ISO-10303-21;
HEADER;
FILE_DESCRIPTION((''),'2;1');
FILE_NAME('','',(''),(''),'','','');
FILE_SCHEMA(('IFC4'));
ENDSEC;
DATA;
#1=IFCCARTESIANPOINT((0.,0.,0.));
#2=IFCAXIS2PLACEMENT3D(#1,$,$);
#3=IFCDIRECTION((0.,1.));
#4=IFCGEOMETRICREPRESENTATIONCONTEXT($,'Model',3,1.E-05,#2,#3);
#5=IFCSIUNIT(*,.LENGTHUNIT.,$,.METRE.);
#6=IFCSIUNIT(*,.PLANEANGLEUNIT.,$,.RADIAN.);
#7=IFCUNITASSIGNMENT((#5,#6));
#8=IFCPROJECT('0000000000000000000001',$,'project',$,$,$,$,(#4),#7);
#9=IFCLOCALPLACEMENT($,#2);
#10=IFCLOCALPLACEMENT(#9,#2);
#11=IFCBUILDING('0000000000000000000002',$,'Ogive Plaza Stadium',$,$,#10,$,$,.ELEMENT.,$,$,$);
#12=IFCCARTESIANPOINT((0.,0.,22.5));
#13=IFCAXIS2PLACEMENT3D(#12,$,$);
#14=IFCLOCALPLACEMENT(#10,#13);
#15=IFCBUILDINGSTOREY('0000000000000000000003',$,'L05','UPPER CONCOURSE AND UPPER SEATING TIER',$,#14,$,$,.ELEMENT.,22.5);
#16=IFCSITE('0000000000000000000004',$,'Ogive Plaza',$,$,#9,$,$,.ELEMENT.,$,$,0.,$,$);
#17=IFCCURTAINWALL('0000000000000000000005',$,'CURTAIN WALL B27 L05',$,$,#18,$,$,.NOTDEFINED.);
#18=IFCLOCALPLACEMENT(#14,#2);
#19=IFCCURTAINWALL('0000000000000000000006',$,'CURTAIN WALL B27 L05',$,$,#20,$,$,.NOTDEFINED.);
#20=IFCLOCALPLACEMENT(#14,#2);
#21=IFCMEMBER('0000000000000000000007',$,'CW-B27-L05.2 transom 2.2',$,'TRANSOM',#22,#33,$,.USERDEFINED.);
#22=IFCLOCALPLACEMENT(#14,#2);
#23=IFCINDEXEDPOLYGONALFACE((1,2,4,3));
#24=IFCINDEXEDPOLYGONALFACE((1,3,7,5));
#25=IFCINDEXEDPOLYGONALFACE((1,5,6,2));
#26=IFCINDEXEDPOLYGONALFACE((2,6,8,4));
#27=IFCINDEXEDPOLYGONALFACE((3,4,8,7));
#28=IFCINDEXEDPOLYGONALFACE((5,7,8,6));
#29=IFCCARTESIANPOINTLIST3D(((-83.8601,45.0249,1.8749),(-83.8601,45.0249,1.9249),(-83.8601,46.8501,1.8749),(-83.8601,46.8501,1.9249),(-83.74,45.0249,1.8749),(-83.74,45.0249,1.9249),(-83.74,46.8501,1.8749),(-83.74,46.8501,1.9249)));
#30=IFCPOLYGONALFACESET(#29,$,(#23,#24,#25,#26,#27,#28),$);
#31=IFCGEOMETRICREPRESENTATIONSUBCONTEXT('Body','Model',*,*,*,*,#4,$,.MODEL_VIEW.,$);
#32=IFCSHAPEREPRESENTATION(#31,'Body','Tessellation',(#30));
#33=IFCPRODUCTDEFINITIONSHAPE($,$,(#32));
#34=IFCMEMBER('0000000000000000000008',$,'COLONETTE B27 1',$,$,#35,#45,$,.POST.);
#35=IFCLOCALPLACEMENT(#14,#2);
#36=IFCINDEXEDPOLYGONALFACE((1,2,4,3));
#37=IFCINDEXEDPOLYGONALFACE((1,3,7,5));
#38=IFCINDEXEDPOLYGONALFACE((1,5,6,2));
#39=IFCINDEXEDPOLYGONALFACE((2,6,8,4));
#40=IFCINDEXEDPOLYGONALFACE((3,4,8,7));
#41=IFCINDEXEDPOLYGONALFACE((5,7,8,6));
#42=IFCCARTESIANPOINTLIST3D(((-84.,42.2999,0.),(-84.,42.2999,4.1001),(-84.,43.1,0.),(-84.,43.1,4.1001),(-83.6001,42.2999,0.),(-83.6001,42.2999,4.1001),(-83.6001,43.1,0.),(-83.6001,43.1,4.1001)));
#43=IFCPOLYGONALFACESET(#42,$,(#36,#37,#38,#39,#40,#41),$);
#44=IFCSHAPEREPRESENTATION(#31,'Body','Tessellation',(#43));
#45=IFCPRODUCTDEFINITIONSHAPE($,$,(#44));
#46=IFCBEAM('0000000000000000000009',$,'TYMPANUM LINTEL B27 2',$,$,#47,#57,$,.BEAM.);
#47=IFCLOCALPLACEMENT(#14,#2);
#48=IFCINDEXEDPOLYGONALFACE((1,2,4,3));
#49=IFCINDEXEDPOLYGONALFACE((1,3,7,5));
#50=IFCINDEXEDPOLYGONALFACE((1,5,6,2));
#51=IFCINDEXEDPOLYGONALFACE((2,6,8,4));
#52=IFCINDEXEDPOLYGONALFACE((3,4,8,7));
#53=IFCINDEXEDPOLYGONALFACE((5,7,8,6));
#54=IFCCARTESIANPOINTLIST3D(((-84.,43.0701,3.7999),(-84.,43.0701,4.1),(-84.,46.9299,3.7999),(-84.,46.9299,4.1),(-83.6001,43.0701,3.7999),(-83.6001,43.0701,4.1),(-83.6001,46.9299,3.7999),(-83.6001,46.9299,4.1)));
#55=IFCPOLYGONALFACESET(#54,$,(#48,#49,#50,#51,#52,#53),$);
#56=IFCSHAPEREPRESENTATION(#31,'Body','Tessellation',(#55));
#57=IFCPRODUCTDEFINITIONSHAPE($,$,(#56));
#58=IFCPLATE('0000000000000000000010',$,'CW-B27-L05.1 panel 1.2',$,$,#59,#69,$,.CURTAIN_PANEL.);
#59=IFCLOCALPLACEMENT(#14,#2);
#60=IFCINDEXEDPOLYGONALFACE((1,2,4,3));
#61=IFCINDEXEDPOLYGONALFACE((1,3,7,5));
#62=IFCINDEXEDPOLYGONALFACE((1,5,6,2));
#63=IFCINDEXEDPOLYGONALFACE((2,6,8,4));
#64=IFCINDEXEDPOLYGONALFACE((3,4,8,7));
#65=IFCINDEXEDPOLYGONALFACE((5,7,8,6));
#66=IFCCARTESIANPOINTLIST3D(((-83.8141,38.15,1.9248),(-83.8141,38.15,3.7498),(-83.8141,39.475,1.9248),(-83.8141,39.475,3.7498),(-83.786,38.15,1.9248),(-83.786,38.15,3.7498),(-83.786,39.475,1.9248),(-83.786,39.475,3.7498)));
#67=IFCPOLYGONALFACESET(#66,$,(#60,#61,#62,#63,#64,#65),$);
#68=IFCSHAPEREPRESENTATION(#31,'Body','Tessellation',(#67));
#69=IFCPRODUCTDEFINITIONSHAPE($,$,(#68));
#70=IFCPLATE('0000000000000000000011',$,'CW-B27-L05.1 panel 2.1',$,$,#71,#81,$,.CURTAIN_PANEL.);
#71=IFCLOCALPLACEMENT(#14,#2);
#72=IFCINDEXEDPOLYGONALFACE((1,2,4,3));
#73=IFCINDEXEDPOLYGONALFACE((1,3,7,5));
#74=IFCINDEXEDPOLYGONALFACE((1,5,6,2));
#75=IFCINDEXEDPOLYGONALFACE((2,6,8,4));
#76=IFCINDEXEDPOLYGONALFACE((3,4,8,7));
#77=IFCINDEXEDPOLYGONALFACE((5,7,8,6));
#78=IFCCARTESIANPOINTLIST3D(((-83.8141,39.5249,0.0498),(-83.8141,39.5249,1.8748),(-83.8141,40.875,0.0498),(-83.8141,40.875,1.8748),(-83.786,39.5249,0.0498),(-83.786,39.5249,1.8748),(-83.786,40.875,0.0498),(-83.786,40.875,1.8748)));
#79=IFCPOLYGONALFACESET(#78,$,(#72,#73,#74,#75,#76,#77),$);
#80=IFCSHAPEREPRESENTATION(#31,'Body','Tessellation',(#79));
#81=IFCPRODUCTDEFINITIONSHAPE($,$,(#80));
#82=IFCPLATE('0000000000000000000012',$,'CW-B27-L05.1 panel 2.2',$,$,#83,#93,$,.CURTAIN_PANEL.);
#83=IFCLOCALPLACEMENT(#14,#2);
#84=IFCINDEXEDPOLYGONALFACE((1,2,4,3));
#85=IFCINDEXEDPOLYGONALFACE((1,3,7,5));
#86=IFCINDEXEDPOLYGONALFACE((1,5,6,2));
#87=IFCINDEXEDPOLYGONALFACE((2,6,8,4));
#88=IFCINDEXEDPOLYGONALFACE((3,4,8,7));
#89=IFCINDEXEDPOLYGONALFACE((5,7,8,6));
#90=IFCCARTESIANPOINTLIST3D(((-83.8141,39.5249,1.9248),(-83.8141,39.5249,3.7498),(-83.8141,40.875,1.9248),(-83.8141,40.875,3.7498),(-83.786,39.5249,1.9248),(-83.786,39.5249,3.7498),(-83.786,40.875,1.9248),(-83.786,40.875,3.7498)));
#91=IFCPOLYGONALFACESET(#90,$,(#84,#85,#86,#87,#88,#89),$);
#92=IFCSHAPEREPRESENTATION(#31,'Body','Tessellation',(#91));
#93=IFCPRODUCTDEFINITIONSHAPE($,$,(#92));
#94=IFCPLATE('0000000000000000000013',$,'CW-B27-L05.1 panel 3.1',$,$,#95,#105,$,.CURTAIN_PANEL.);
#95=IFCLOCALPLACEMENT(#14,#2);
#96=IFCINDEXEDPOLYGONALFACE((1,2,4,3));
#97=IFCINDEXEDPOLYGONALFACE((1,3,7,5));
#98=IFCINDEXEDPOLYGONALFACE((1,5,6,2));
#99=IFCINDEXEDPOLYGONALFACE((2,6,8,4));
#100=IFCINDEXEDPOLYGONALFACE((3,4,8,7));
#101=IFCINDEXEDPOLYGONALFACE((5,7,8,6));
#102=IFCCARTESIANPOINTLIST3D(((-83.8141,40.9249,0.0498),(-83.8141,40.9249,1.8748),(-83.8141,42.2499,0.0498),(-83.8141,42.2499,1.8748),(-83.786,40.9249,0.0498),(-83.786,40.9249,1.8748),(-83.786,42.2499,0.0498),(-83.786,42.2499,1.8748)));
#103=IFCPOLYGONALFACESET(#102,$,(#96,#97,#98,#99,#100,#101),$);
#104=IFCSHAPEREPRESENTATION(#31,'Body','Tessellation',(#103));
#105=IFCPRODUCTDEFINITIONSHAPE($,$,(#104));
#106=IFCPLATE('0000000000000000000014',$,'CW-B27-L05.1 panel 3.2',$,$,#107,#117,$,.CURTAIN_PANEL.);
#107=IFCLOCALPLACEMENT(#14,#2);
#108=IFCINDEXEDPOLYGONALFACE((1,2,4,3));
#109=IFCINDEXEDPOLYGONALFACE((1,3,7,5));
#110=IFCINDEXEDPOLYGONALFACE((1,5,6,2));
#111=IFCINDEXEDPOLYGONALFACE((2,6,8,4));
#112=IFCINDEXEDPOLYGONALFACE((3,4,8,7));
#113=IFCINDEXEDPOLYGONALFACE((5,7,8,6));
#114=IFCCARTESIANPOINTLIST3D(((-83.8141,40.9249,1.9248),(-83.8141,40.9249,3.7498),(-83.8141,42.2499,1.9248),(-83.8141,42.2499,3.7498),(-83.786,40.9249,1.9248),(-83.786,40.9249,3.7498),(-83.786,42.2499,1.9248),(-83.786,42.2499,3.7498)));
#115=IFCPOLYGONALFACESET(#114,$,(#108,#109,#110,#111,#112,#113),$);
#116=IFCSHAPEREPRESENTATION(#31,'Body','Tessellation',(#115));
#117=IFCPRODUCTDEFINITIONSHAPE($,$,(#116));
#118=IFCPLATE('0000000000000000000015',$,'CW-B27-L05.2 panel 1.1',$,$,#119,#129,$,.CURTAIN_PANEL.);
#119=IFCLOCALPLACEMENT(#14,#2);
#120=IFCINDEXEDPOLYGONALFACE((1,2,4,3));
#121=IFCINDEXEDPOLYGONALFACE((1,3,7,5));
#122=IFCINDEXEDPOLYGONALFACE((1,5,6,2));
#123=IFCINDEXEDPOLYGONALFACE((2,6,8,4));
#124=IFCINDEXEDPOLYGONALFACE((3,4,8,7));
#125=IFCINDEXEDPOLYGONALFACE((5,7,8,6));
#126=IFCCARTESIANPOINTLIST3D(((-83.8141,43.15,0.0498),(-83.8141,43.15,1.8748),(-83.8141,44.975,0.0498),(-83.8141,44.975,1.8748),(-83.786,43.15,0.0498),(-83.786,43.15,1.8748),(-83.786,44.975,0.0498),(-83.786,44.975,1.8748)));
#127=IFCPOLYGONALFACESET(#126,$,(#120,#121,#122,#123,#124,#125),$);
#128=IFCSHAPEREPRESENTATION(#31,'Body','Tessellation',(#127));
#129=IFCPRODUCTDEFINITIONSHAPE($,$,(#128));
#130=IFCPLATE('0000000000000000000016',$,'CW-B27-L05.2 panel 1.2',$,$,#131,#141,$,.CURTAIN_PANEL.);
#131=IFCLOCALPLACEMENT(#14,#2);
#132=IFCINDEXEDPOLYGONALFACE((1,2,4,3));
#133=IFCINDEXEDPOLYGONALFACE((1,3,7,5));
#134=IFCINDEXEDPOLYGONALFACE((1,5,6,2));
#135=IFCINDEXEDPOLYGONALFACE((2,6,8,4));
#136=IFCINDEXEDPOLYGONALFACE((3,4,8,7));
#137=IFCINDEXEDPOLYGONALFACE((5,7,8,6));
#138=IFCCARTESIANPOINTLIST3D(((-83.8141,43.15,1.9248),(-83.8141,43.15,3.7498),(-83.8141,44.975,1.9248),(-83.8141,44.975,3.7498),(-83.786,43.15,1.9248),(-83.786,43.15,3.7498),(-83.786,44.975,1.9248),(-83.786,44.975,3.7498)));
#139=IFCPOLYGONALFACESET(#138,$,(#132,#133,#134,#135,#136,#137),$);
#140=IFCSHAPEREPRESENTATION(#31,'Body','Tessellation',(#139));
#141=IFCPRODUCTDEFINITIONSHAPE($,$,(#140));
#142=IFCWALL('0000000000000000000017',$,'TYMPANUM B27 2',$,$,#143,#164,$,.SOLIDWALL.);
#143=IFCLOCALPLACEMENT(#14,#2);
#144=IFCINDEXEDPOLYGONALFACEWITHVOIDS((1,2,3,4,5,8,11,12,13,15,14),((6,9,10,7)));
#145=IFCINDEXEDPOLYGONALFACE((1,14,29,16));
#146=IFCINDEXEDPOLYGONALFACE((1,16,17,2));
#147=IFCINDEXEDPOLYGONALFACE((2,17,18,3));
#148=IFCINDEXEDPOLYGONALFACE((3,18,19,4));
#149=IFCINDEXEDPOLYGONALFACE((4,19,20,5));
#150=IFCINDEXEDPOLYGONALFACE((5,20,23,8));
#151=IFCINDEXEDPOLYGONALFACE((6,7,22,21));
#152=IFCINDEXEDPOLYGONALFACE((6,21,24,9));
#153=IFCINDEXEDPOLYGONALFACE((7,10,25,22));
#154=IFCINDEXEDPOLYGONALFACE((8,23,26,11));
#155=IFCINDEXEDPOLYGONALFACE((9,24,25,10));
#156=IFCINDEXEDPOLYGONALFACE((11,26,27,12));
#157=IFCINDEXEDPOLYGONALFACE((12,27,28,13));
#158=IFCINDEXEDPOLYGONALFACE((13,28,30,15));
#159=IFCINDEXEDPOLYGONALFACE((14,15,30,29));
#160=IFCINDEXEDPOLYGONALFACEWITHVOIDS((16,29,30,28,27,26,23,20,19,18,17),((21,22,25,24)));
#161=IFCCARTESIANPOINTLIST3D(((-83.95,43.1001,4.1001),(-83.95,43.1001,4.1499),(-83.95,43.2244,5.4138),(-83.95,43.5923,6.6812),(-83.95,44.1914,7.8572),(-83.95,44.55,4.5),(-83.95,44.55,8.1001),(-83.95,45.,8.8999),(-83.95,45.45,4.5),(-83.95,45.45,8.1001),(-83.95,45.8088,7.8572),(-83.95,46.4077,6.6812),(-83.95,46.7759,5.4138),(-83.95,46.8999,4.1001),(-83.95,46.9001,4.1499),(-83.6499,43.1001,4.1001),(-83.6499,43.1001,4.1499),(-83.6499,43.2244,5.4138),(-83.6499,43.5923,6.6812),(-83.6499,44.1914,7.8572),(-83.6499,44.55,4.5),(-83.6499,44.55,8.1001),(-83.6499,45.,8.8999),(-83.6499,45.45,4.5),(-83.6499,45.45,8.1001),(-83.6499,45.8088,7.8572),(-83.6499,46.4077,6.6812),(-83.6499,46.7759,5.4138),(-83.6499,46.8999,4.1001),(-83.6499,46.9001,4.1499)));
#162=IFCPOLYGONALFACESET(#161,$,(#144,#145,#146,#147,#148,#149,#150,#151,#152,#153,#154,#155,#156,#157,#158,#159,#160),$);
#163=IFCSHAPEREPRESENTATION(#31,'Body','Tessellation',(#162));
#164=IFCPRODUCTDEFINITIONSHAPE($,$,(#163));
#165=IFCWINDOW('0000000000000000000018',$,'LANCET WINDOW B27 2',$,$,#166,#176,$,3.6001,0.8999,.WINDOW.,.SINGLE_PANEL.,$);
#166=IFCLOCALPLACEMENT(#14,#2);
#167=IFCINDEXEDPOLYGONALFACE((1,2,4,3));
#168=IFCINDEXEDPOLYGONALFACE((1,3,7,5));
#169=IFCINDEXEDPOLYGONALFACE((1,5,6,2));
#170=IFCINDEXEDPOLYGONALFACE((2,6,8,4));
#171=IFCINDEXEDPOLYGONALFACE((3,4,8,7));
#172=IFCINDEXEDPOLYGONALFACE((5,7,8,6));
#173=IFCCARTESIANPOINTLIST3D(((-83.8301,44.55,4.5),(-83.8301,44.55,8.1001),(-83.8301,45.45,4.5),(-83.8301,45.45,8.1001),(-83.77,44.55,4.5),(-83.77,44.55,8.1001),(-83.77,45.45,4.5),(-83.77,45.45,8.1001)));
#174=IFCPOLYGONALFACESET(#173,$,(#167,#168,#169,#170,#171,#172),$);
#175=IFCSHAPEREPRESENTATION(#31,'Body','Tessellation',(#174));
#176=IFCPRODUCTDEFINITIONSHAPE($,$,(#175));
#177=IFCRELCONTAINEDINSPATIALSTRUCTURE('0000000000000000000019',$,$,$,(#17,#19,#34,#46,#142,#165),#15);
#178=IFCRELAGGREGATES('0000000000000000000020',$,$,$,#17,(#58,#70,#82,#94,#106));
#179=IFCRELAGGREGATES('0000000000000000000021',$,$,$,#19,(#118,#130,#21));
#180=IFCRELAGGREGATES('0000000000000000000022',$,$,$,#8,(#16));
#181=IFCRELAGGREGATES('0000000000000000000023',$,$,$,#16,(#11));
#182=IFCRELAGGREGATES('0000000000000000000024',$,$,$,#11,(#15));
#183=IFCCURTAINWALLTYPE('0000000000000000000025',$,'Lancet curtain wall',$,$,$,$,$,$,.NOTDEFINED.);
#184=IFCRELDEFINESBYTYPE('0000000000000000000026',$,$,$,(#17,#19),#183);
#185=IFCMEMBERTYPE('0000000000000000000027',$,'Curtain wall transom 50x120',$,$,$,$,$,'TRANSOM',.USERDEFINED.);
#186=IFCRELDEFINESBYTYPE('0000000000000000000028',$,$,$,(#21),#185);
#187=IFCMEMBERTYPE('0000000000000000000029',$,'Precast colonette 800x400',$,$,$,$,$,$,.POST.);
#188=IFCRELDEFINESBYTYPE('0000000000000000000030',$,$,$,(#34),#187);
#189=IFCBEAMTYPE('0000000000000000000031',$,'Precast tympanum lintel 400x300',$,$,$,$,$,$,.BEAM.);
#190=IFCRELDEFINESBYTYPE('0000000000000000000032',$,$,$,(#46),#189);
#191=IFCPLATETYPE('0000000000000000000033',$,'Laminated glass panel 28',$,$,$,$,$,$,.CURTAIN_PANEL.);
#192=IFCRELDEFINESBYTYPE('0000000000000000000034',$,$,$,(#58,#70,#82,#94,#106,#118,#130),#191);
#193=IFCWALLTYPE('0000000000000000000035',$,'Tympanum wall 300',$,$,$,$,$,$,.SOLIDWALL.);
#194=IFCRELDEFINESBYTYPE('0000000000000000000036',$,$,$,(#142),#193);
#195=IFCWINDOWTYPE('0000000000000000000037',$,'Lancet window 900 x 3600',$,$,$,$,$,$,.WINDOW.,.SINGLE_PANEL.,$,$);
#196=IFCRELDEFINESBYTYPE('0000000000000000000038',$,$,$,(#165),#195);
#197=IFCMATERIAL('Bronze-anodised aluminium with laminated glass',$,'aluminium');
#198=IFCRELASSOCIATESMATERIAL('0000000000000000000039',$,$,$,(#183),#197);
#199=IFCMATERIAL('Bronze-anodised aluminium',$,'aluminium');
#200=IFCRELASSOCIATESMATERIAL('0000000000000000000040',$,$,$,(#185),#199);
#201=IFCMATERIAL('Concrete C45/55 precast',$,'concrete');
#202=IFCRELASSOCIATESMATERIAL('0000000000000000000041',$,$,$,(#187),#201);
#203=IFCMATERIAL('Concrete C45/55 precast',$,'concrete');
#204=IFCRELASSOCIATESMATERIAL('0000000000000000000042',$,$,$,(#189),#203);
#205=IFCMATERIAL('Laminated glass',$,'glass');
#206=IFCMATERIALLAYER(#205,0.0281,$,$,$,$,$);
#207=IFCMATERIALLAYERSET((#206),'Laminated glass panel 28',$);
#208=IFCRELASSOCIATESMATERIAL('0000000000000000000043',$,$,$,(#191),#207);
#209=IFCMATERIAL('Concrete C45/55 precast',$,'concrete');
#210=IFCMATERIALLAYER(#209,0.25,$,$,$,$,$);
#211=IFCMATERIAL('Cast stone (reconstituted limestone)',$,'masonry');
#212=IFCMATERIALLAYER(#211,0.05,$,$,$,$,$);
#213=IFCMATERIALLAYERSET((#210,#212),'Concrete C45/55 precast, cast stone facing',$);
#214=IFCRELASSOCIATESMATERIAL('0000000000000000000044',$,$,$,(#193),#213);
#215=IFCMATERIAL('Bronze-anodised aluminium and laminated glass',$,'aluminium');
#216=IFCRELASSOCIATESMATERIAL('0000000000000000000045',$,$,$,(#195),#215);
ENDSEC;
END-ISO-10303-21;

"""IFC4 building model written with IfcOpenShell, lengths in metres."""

from ifc_helpers import new_model, si_unit, direction, frame, frame_2d, origin, origin_2d, place, context, subcontext, project, spatial, polyline, rectangle, outline, extrude, material, layer, layer_set, material_profile, profile_set, type_object, element, fill, aggregate, save


model = new_model("IFC4")

# Units and contexts
model_context = context("Model", 3, precision=1e-05, world=origin(), true_north=direction((0.0, 1.0)))
body_context = subcontext(model_context, "Body", "Model", "MODEL_VIEW")
ifc_project = project(units=[si_unit("LENGTHUNIT", "METRE"), si_unit("PLANEANGLEUNIT", "RADIAN")], contexts=[model_context])

# Site, building, storey
site_placement = place(None, origin())
site = spatial("IfcSite", under=ifc_project, at=site_placement, Name="Ogive Plaza", CompositionType="ELEMENT", RefElevation=0.0)
building_placement = place(site_placement, origin())
building = spatial("IfcBuilding", under=site, at=building_placement, Name="Ogive Plaza Stadium", CompositionType="ELEMENT")
storey_placement = place(building_placement, frame((0.0, 0.0, 22.5)))
storey = spatial("IfcBuildingStorey", under=building, at=storey_placement, Name="L05", Description="UPPER CONCOURSE AND UPPER SEATING TIER", CompositionType="ELEMENT", Elevation=22.5)

# Curtain walls
ifc_material_1 = material(Name="Bronze-anodised aluminium with laminated glass", Category="aluminium")
curtain_wall_type = type_object("IfcCurtainWallType", Name="Lancet curtain wall", PredefinedType="NOTDEFINED", material=ifc_material_1)
curtain_wall_1_placement = place(storey_placement, origin())
curtain_wall_1 = element("IfcCurtainWall", 1, at=curtain_wall_1_placement, inside=storey, type_object=curtain_wall_type, Name="CURTAIN WALL B27 L05", PredefinedType="NOTDEFINED")
curtain_wall_2_placement = place(storey_placement, origin())
curtain_wall_2 = element("IfcCurtainWall", 2, at=curtain_wall_2_placement, inside=storey, type_object=curtain_wall_type, Name="CURTAIN WALL B27 L05", PredefinedType="NOTDEFINED")

# Members
ifc_material_2 = material(Name="Bronze-anodised aluminium", Category="aluminium")
ifc_material_profile_1 = material_profile(ifc_material_2, rectangle(XDim=0.1201, YDim=0.05, at=origin_2d()), Name="AL 120x50")
ifc_profile_set_1 = profile_set([ifc_material_profile_1], Name="Bronze-anodised aluminium")
member_type_1 = type_object("IfcMemberType", Name="Curtain wall transom 50x120", ElementType="TRANSOM", PredefinedType="USERDEFINED", material=ifc_profile_set_1)
member_1_placement = place(storey_placement, frame((-83.8, 45.0249, 1.8999), z_axis=(0.0, 1.0, 0.0), x_axis=(-1.0, 0.0, 0.0)))
member_1 = element("IfcMember", 3, at=member_1_placement, type_object=member_type_1, Name="CW-B27-L05.2 transom 2.2", ObjectType="TRANSOM", PredefinedType="USERDEFINED", context=body_context, shape_type="SweptSolid", body=[
    extrude(rectangle(XDim=0.1201, YDim=0.05, at=origin_2d()), origin(), (0.0, 0.0, 1.0), 1.8252),
])
ifc_material_3 = material(Name="Concrete C45/55 precast", Category="concrete")
ifc_material_profile_2 = material_profile(ifc_material_3, rectangle(XDim=0.3999, YDim=0.8, at=origin_2d()), Name="RC 400x800")
ifc_profile_set_2 = profile_set([ifc_material_profile_2], Name="Concrete C45/55 precast")
member_type_2 = type_object("IfcMemberType", Name="Precast colonette 800x400", PredefinedType="POST", material=ifc_profile_set_2)
member_2_placement = place(storey_placement, frame((-83.8, 42.7, 0.0), z_axis=(0.0, 0.0, 1.0), x_axis=(-1.0, 0.0, 0.0)))
element("IfcMember", 4, at=member_2_placement, inside=storey, type_object=member_type_2, Name="COLONETTE B27 1", PredefinedType="POST", context=body_context, shape_type="SweptSolid", body=[
    extrude(rectangle(XDim=0.3999, YDim=0.8, at=origin_2d()), origin(), (0.0, 0.0, 1.0), 4.1001),
])

# Beam
ifc_material_4 = material(Name="Concrete C45/55 precast", Category="concrete")
ifc_material_profile_3 = material_profile(ifc_material_4, rectangle(XDim=0.3999, YDim=0.3, at=origin_2d()), Name="RC 400x300")
ifc_profile_set_3 = profile_set([ifc_material_profile_3], Name="Concrete C45/55 precast")
beam_type = type_object("IfcBeamType", Name="Precast tympanum lintel 400x300", PredefinedType="BEAM", material=ifc_profile_set_3)
beam_placement = place(storey_placement, frame((-83.8, 43.0701, 3.95), z_axis=(0.0, 1.0, 0.0), x_axis=(-1.0, 0.0, 0.0)))
element("IfcBeam", 5, at=beam_placement, inside=storey, type_object=beam_type, Name="TYMPANUM LINTEL B27 2", PredefinedType="BEAM", context=body_context, shape_type="SweptSolid", body=[
    extrude(rectangle(XDim=0.3999, YDim=0.3, at=origin_2d()), origin(), (0.0, 0.0, 1.0), 3.8599),
])

# Plates
ifc_material_5 = material(Name="Laminated glass", Category="glass")
ifc_layer_1 = layer(ifc_material_5, 0.0281)
ifc_layer_set_1 = layer_set([ifc_layer_1], Name="Laminated glass panel 28")
plate_type = type_object("IfcPlateType", Name="Laminated glass panel 28", PredefinedType="CURTAIN_PANEL", material=ifc_layer_set_1)
plate_1_placement = place(storey_placement, frame((-83.8, 38.8125, 1.9248), z_axis=(0.0, 0.0, 1.0), x_axis=(0.0, 1.0, 0.0)))
plate_1 = element("IfcPlate", 6, at=plate_1_placement, type_object=plate_type, Name="CW-B27-L05.1 panel 1.2", PredefinedType="CURTAIN_PANEL", context=body_context, shape_type="SweptSolid", body=[
    extrude(rectangle(XDim=1.325, YDim=0.0281, at=origin_2d()), origin(), (0.0, 0.0, 1.0), 1.825),
])
plate_2_placement = place(storey_placement, frame((-83.8, 40.2, 0.0498), z_axis=(0.0, 0.0, 1.0), x_axis=(0.0, 1.0, 0.0)))
plate_2 = element("IfcPlate", 7, at=plate_2_placement, type_object=plate_type, Name="CW-B27-L05.1 panel 2.1", PredefinedType="CURTAIN_PANEL", context=body_context, shape_type="SweptSolid", body=[
    extrude(rectangle(XDim=1.3501, YDim=0.0281, at=origin_2d()), origin(), (0.0, 0.0, 1.0), 1.825),
])
plate_3_placement = place(storey_placement, frame((-83.8, 40.2, 1.9248), z_axis=(0.0, 0.0, 1.0), x_axis=(0.0, 1.0, 0.0)))
plate_3 = element("IfcPlate", 8, at=plate_3_placement, type_object=plate_type, Name="CW-B27-L05.1 panel 2.2", PredefinedType="CURTAIN_PANEL", context=body_context, shape_type="SweptSolid", body=[
    extrude(rectangle(XDim=1.3501, YDim=0.0281, at=origin_2d()), origin(), (0.0, 0.0, 1.0), 1.825),
])
plate_4_placement = place(storey_placement, frame((-83.8, 41.5874, 0.0498), z_axis=(0.0, 0.0, 1.0), x_axis=(0.0, 1.0, 0.0)))
plate_4 = element("IfcPlate", 9, at=plate_4_placement, type_object=plate_type, Name="CW-B27-L05.1 panel 3.1", PredefinedType="CURTAIN_PANEL", context=body_context, shape_type="SweptSolid", body=[
    extrude(rectangle(XDim=1.325, YDim=0.0281, at=origin_2d()), origin(), (0.0, 0.0, 1.0), 1.825),
])
plate_5_placement = place(storey_placement, frame((-83.8, 41.5874, 1.9248), z_axis=(0.0, 0.0, 1.0), x_axis=(0.0, 1.0, 0.0)))
plate_5 = element("IfcPlate", 10, at=plate_5_placement, type_object=plate_type, Name="CW-B27-L05.1 panel 3.2", PredefinedType="CURTAIN_PANEL", context=body_context, shape_type="SweptSolid", body=[
    extrude(rectangle(XDim=1.325, YDim=0.0281, at=origin_2d()), origin(), (0.0, 0.0, 1.0), 1.825),
])
aggregate(curtain_wall_1, [plate_1, plate_2, plate_3, plate_4, plate_5])
plate_6_placement = place(storey_placement, frame((-83.8, 44.0625, 0.0498), z_axis=(0.0, 0.0, 1.0), x_axis=(0.0, 1.0, 0.0)))
plate_6 = element("IfcPlate", 11, at=plate_6_placement, type_object=plate_type, Name="CW-B27-L05.2 panel 1.1", PredefinedType="CURTAIN_PANEL", context=body_context, shape_type="SweptSolid", body=[
    extrude(rectangle(XDim=1.825, YDim=0.0281, at=origin_2d()), origin(), (0.0, 0.0, 1.0), 1.825),
])
plate_7_placement = place(storey_placement, frame((-83.8, 44.0625, 1.9248), z_axis=(0.0, 0.0, 1.0), x_axis=(0.0, 1.0, 0.0)))
plate_7 = element("IfcPlate", 12, at=plate_7_placement, type_object=plate_type, Name="CW-B27-L05.2 panel 1.2", PredefinedType="CURTAIN_PANEL", context=body_context, shape_type="SweptSolid", body=[
    extrude(rectangle(XDim=1.825, YDim=0.0281, at=origin_2d()), origin(), (0.0, 0.0, 1.0), 1.825),
])
aggregate(curtain_wall_2, [plate_6, plate_7, member_1])

# Wall, opening, window
ifc_material_6 = material(Name="Concrete C45/55 precast", Category="concrete")
ifc_layer_2 = layer(ifc_material_6, 0.25)
ifc_material_7 = material(Name="Cast stone (reconstituted limestone)", Category="masonry")
ifc_layer_3 = layer(ifc_material_7, 0.05)
ifc_layer_set_2 = layer_set([ifc_layer_2, ifc_layer_3], Name="Concrete C45/55 precast, cast stone facing")
wall_type = type_object("IfcWallType", Name="Tympanum wall 300", PredefinedType="SOLIDWALL", material=ifc_layer_set_2)
wall_placement = place(storey_placement, frame((-83.8, 43.1001, 4.1001), z_axis=(0.0, 0.0, 1.0), x_axis=(0.0, 1.0, 0.0)))
wall = element("IfcWall", 13, at=wall_placement, inside=storey, type_object=wall_type, Name="TYMPANUM B27 2", PredefinedType="SOLIDWALL", context=body_context, shape_type="SweptSolid", body=[
    extrude(outline(polyline([(0.0, 0.0), (3.7998, 0.0), (3.8, 0.0498), (3.6758, 1.3137), (3.3076, 2.5811), (2.7087, 3.7571), (1.8999, 4.7998), (1.0913, 3.7571), (0.4922, 2.5811), (0.1243, 1.3137), (0.0, 0.0498), (0.0, 0.0)])), frame((0.0, 0.1499, 0.0), z_axis=(0.0, -1.0, 0.0), x_axis=(1.0, 0.0, 0.0)), (0.0, 0.0, 1.0), 0.3),
])
opening_placement = place(wall_placement, frame((1.45, 0.0, 0.3999)))
opening = element("IfcOpeningElement", 14, at=opening_placement, cuts=wall, PredefinedType="OPENING", context=body_context, shape_type="SweptSolid", body=[
    extrude(rectangle(XDim=0.8999, YDim=3.6001, at=frame_2d((0.45, 1.8))), frame((0.0, 0.1602, 0.0), z_axis=(0.0, -1.0, 0.0), x_axis=(1.0, 0.0, 0.0)), (0.0, 0.0, 1.0), 0.3201),
])
ifc_material_8 = material(Name="Bronze-anodised aluminium and laminated glass", Category="aluminium")
window_type = type_object("IfcWindowType", Name="Lancet window 900 x 3600", PartitioningType="SINGLE_PANEL", PredefinedType="WINDOW", material=ifc_material_8)
window_placement = place(opening_placement, origin())
window = element("IfcWindow", 15, at=window_placement, inside=storey, type_object=window_type, Name="LANCET WINDOW B27 2", OverallHeight=3.6001, OverallWidth=0.8999, PartitioningType="SINGLE_PANEL", PredefinedType="WINDOW", context=body_context, shape_type="SweptSolid", body=[
    extrude(rectangle(XDim=0.8999, YDim=3.6001, at=frame_2d((0.45, 1.8))), frame((0.0, 0.03, 0.0), z_axis=(0.0, -1.0, 0.0), x_axis=(1.0, 0.0, 0.0)), (0.0, 0.0, 1.0), 0.0601),
])
fill(opening, window)

save(model, "model.ifc")
